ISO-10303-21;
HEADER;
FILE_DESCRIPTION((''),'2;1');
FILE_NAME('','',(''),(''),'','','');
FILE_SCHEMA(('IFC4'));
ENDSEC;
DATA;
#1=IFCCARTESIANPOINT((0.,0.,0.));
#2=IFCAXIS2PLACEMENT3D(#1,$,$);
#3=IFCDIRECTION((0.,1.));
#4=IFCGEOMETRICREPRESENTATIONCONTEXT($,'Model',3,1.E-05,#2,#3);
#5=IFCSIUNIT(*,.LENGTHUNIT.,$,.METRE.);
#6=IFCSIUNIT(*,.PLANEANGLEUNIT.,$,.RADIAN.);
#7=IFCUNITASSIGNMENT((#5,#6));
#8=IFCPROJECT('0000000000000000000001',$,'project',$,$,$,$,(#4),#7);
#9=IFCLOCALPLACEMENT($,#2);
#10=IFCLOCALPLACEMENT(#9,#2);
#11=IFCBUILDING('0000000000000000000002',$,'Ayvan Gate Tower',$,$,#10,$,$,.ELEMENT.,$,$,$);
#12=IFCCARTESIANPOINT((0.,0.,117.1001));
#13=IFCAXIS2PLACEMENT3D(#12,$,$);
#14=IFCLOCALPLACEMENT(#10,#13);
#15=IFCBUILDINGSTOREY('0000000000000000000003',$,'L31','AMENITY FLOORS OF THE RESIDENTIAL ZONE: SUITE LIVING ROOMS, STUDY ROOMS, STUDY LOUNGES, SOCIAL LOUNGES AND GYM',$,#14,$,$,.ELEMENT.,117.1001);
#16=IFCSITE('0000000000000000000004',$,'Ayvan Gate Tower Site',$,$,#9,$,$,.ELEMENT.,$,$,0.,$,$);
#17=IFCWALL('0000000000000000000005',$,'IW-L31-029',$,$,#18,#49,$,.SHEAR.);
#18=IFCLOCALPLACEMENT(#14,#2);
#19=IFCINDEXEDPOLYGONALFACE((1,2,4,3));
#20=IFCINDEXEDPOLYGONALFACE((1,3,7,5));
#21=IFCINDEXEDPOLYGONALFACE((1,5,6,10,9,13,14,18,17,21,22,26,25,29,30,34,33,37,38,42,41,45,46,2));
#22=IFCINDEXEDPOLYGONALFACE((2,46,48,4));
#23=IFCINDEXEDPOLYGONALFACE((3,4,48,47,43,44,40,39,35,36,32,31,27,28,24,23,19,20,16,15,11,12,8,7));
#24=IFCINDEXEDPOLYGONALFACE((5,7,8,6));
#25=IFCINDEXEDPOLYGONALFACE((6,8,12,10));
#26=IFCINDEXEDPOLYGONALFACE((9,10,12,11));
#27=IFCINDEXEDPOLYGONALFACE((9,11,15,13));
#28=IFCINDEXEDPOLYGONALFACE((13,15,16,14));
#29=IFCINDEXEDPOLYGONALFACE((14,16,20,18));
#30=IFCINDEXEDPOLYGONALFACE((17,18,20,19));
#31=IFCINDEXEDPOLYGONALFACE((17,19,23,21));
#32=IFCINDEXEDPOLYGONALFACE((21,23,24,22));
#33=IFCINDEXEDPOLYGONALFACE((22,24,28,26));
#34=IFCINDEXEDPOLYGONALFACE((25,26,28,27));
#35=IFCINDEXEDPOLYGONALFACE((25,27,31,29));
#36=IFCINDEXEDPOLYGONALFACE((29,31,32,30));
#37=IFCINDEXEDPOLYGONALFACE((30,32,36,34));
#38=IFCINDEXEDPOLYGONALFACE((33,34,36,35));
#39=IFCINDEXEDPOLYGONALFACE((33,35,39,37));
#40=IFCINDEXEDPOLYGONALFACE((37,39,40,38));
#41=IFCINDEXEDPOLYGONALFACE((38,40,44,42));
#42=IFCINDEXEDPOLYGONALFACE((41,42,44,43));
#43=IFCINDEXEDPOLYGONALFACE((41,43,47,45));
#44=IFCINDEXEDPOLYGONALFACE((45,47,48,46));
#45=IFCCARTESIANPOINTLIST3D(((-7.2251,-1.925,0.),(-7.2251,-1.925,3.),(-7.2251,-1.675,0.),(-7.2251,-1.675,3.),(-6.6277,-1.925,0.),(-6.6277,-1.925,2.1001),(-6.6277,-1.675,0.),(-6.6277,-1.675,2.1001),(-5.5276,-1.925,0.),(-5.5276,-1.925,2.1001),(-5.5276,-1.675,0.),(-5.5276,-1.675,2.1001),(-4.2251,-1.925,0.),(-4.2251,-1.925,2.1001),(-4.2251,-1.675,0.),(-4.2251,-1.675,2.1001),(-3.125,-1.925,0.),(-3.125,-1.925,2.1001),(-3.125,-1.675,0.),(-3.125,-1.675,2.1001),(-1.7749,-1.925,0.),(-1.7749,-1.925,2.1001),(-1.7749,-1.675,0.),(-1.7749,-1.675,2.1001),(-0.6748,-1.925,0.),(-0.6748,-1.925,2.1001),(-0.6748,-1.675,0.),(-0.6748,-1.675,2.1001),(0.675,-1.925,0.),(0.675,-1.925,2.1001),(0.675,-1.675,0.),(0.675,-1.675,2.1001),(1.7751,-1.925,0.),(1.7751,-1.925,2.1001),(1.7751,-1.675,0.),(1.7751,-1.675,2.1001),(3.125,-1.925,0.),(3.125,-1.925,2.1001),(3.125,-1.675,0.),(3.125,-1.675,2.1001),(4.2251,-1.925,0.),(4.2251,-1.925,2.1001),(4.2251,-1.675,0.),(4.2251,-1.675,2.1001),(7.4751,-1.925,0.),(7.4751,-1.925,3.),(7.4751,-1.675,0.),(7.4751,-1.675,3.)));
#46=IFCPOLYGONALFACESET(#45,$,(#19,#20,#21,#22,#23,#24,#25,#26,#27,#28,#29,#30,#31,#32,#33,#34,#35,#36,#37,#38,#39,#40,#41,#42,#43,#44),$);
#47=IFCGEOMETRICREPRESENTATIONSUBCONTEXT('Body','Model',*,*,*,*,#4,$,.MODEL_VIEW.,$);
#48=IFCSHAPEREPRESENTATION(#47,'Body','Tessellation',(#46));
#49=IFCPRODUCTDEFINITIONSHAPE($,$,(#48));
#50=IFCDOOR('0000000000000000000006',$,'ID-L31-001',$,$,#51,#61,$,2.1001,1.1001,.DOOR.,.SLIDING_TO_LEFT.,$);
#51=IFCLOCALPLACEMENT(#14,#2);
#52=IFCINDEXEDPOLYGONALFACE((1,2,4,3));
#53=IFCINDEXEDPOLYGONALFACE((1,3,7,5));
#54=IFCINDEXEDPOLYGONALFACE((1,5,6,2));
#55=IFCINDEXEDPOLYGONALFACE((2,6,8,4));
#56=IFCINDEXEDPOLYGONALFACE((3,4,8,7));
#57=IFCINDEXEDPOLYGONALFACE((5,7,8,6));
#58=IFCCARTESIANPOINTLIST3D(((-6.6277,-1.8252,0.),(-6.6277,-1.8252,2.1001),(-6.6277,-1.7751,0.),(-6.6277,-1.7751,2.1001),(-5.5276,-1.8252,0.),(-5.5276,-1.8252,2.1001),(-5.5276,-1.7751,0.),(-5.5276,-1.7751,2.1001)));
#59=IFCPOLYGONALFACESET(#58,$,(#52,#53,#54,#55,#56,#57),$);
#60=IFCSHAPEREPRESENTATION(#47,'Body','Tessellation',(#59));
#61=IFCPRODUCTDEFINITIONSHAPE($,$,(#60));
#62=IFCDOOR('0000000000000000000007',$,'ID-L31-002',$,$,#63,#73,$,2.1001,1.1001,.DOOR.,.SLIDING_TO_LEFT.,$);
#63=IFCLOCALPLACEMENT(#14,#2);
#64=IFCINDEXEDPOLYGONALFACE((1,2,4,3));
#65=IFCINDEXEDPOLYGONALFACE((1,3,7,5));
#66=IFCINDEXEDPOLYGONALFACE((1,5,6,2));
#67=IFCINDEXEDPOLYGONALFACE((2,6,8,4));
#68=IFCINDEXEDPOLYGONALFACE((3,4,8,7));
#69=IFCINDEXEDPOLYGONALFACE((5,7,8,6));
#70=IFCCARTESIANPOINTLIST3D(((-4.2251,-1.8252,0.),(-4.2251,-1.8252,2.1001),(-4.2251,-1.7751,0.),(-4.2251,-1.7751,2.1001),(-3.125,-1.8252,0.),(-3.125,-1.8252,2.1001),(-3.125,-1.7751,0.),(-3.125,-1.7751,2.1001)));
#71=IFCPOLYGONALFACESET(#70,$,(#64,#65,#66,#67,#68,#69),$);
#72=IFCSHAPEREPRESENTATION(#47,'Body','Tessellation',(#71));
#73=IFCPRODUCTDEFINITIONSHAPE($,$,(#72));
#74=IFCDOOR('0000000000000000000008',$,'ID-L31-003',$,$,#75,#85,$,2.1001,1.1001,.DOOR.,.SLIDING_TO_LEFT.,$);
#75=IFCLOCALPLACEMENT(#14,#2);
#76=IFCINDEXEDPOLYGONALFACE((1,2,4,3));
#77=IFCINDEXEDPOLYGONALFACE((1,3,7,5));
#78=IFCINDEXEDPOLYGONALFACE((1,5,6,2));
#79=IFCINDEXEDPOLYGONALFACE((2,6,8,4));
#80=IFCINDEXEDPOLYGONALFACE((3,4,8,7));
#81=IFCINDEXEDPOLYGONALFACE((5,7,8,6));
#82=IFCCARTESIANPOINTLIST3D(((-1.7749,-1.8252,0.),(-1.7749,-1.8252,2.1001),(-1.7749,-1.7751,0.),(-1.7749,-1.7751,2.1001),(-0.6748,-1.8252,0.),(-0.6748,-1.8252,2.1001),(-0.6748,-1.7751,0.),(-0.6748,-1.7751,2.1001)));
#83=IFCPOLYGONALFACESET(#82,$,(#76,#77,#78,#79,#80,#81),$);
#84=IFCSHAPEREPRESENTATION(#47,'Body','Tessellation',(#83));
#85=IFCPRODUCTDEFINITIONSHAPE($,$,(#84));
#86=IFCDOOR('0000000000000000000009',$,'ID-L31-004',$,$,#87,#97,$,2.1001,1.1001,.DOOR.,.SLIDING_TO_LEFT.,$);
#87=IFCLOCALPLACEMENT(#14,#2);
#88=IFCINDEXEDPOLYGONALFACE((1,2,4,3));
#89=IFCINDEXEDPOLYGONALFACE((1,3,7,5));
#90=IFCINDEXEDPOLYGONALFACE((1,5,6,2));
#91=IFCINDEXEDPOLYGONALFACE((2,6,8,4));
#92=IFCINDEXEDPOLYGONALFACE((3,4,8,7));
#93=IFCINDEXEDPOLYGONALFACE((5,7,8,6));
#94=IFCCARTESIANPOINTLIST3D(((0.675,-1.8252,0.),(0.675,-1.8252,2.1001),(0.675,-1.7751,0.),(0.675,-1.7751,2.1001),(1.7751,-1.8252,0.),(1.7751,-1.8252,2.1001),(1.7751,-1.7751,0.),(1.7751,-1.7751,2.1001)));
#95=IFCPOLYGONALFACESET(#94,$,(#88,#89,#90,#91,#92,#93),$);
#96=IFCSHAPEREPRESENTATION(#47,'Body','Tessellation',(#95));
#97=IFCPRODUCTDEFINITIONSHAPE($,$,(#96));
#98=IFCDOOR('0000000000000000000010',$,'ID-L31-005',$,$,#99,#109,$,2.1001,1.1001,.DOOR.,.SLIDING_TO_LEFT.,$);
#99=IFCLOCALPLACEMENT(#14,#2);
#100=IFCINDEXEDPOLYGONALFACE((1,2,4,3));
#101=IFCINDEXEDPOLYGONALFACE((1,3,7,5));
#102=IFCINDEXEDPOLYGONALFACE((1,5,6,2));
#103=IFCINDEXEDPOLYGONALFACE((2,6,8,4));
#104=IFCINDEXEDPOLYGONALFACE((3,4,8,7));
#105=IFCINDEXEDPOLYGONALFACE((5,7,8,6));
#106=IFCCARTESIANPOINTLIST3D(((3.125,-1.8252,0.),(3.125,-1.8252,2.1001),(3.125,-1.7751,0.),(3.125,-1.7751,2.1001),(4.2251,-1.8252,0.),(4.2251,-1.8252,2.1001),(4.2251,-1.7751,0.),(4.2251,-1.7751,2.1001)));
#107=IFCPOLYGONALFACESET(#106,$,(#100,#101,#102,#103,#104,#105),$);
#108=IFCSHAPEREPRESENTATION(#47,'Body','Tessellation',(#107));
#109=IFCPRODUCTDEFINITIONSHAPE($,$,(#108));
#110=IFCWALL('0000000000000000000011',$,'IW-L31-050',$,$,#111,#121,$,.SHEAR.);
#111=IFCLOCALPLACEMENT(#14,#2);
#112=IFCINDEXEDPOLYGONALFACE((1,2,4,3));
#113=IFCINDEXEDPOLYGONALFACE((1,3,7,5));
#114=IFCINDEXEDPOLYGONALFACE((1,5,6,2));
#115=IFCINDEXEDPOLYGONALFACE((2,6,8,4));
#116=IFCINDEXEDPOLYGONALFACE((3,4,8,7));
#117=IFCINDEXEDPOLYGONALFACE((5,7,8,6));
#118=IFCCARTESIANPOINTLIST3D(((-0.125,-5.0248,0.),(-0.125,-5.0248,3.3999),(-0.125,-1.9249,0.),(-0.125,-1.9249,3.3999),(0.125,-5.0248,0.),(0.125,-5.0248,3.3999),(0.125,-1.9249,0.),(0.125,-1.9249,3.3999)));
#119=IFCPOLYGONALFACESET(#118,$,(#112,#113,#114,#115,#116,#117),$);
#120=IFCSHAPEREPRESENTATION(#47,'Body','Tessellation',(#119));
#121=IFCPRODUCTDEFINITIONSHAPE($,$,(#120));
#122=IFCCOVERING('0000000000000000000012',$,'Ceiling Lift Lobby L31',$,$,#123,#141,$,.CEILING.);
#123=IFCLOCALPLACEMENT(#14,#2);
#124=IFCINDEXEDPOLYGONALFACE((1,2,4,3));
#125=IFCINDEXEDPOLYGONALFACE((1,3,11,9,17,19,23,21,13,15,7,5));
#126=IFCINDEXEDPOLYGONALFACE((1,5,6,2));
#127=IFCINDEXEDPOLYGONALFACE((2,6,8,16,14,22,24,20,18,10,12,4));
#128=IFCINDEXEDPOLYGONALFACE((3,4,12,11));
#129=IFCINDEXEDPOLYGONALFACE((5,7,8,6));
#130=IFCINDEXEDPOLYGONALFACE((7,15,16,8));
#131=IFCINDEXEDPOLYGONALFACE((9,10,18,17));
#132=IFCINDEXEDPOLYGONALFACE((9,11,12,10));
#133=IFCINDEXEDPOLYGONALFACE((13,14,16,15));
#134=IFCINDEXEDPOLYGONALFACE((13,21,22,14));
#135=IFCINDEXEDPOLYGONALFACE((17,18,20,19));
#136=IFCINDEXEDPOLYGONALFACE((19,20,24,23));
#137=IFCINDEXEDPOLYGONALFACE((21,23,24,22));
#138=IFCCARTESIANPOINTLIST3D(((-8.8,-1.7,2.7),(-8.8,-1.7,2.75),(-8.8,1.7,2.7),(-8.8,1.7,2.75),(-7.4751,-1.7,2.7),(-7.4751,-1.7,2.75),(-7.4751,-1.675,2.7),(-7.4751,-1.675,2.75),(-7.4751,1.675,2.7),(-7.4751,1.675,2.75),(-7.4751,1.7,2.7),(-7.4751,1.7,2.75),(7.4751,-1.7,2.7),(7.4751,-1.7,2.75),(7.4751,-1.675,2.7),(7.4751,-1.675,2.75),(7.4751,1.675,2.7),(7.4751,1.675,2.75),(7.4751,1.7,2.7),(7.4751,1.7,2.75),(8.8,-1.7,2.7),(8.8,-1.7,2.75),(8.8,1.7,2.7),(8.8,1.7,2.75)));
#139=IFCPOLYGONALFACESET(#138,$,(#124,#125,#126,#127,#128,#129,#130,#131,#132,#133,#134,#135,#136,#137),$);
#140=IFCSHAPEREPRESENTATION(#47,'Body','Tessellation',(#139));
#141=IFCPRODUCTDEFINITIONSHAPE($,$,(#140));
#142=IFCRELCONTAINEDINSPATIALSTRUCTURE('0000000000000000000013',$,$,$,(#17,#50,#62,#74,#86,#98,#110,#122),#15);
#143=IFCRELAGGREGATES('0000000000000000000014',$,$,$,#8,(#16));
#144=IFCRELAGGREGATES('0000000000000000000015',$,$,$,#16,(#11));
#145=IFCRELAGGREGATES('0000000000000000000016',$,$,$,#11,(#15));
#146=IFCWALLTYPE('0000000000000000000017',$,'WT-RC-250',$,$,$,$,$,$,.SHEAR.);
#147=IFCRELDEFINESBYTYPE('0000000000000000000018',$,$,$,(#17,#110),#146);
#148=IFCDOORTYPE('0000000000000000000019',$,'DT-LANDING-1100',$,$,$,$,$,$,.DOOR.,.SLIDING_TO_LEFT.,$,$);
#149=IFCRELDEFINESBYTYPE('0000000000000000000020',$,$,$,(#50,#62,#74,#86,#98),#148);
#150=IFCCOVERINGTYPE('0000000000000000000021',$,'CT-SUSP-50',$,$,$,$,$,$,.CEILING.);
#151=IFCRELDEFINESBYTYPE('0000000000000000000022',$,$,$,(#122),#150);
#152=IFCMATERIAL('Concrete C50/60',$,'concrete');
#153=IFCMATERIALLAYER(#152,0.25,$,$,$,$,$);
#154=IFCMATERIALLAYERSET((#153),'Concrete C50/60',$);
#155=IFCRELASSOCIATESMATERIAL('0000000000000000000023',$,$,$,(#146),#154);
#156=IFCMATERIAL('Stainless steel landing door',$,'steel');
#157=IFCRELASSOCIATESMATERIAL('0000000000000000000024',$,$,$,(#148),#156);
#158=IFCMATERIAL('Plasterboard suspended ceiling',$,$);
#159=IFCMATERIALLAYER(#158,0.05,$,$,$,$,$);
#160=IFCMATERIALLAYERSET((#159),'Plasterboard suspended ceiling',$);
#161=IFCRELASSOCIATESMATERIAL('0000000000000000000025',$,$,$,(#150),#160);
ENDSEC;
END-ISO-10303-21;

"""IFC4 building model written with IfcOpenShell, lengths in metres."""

from ifc_helpers import new_model, si_unit, direction, frame, frame_2d, origin, place, context, subcontext, project, spatial, polyline, rectangle, outline, extrude, material, layer, layer_set, type_object, element, fill, save


model = new_model("IFC4")

# Units and contexts
model_context = context("Model", 3, precision=1e-05, world=origin(), true_north=direction((0.0, 1.0)))
body_context = subcontext(model_context, "Body", "Model", "MODEL_VIEW")
ifc_project = project(units=[si_unit("LENGTHUNIT", "METRE"), si_unit("PLANEANGLEUNIT", "RADIAN")], contexts=[model_context])

# Site, building, storey
site_placement = place(None, origin())
site = spatial("IfcSite", under=ifc_project, at=site_placement, Name="Ayvan Gate Tower Site", CompositionType="ELEMENT", RefElevation=0.0)
building_placement = place(site_placement, origin())
building = spatial("IfcBuilding", under=site, at=building_placement, Name="Ayvan Gate Tower", CompositionType="ELEMENT")
storey_placement = place(building_placement, frame((0.0, 0.0, 117.1001)))
storey = spatial("IfcBuildingStorey", under=building, at=storey_placement, Name="L31", Description="AMENITY FLOORS OF THE RESIDENTIAL ZONE: SUITE LIVING ROOMS, STUDY ROOMS, STUDY LOUNGES, SOCIAL LOUNGES AND GYM", CompositionType="ELEMENT", Elevation=117.1001)

# Wall, openings, doors
ifc_material_1 = material(Name="Concrete C50/60", Category="concrete")
ifc_layer_1 = layer(ifc_material_1, 0.25)
ifc_layer_set_1 = layer_set([ifc_layer_1], Name="Concrete C50/60")
wall_type_1 = type_object("IfcWallType", Name="WT-RC-250", PredefinedType="SHEAR", material=ifc_layer_set_1)
wall_1_placement = place(storey_placement, frame((-7.2251, -1.8, 0.0), z_axis=(0.0, 0.0, 1.0), x_axis=(1.0, 0.0, 0.0)))
wall_1 = element("IfcWall", 1, at=wall_1_placement, inside=storey, type_object=wall_type_1, Name="IW-L31-029", PredefinedType="SHEAR", context=body_context, shape_type="SweptSolid", body=[
    extrude(rectangle(XDim=14.7002, YDim=0.25, at=frame_2d((7.3501, 0.0))), origin(), (0.0, 0.0, 1.0), 3.0),
])
opening_1_placement = place(wall_1_placement, frame((0.5974, 0.0, 0.0)))
opening_1 = element("IfcOpeningElement", 2, at=opening_1_placement, cuts=wall_1, PredefinedType="OPENING", context=body_context, shape_type="SweptSolid", body=[
    extrude(rectangle(XDim=1.1001, YDim=2.1001, at=frame_2d((0.55, 1.05))), frame((0.0, 0.135, 0.0), z_axis=(0.0, -1.0, 0.0), x_axis=(1.0, 0.0, 0.0)), (0.0, 0.0, 1.0), 0.27),
])
opening_2_placement = place(wall_1_placement, frame((3.0, 0.0, 0.0)))
opening_2 = element("IfcOpeningElement", 3, at=opening_2_placement, cuts=wall_1, PredefinedType="OPENING", context=body_context, shape_type="SweptSolid", body=[
    extrude(rectangle(XDim=1.1001, YDim=2.1001, at=frame_2d((0.55, 1.05))), frame((0.0, 0.135, 0.0), z_axis=(0.0, -1.0, 0.0), x_axis=(1.0, 0.0, 0.0)), (0.0, 0.0, 1.0), 0.27),
])
opening_3_placement = place(wall_1_placement, frame((5.4502, 0.0, 0.0)))
opening_3 = element("IfcOpeningElement", 4, at=opening_3_placement, cuts=wall_1, PredefinedType="OPENING", context=body_context, shape_type="SweptSolid", body=[
    extrude(rectangle(XDim=1.1001, YDim=2.1001, at=frame_2d((0.55, 1.05))), frame((0.0, 0.135, 0.0), z_axis=(0.0, -1.0, 0.0), x_axis=(1.0, 0.0, 0.0)), (0.0, 0.0, 1.0), 0.27),
])
opening_4_placement = place(wall_1_placement, frame((7.9001, 0.0, 0.0)))
opening_4 = element("IfcOpeningElement", 5, at=opening_4_placement, cuts=wall_1, PredefinedType="OPENING", context=body_context, shape_type="SweptSolid", body=[
    extrude(rectangle(XDim=1.1001, YDim=2.1001, at=frame_2d((0.55, 1.05))), frame((0.0, 0.135, 0.0), z_axis=(0.0, -1.0, 0.0), x_axis=(1.0, 0.0, 0.0)), (0.0, 0.0, 1.0), 0.27),
])
opening_5_placement = place(wall_1_placement, frame((10.3501, 0.0, 0.0)))
opening_5 = element("IfcOpeningElement", 6, at=opening_5_placement, cuts=wall_1, PredefinedType="OPENING", context=body_context, shape_type="SweptSolid", body=[
    extrude(rectangle(XDim=1.1001, YDim=2.1001, at=frame_2d((0.55, 1.05))), frame((0.0, 0.135, 0.0), z_axis=(0.0, -1.0, 0.0), x_axis=(1.0, 0.0, 0.0)), (0.0, 0.0, 1.0), 0.27),
])
ifc_material_2 = material(Name="Stainless steel landing door", Category="steel")
door_type = type_object("IfcDoorType", Name="DT-LANDING-1100", OperationType="SLIDING_TO_LEFT", PredefinedType="DOOR", material=ifc_material_2)
door_1_placement = place(opening_1_placement, origin())
door_1 = element("IfcDoor", 7, at=door_1_placement, inside=storey, type_object=door_type, Name="ID-L31-001", OperationType="SLIDING_TO_LEFT", OverallHeight=2.1001, OverallWidth=1.1001, PredefinedType="DOOR", context=body_context, shape_type="SweptSolid", body=[
    extrude(rectangle(XDim=1.1001, YDim=2.1001, at=frame_2d((0.55, 1.05))), frame((0.0, 0.0249, 0.0), z_axis=(0.0, -1.0, 0.0), x_axis=(1.0, 0.0, 0.0)), (0.0, 0.0, 1.0), 0.05),
])
fill(opening_1, door_1)
door_2_placement = place(opening_2_placement, origin())
door_2 = element("IfcDoor", 8, at=door_2_placement, inside=storey, type_object=door_type, Name="ID-L31-002", OperationType="SLIDING_TO_LEFT", OverallHeight=2.1001, OverallWidth=1.1001, PredefinedType="DOOR", context=body_context, shape_type="SweptSolid", body=[
    extrude(rectangle(XDim=1.1001, YDim=2.1001, at=frame_2d((0.55, 1.05))), frame((0.0, 0.0249, 0.0), z_axis=(0.0, -1.0, 0.0), x_axis=(1.0, 0.0, 0.0)), (0.0, 0.0, 1.0), 0.05),
])
fill(opening_2, door_2)
door_3_placement = place(opening_3_placement, origin())
door_3 = element("IfcDoor", 9, at=door_3_placement, inside=storey, type_object=door_type, Name="ID-L31-003", OperationType="SLIDING_TO_LEFT", OverallHeight=2.1001, OverallWidth=1.1001, PredefinedType="DOOR", context=body_context, shape_type="SweptSolid", body=[
    extrude(rectangle(XDim=1.1001, YDim=2.1001, at=frame_2d((0.55, 1.05))), frame((0.0, 0.0249, 0.0), z_axis=(0.0, -1.0, 0.0), x_axis=(1.0, 0.0, 0.0)), (0.0, 0.0, 1.0), 0.05),
])
fill(opening_3, door_3)
door_4_placement = place(opening_4_placement, origin())
door_4 = element("IfcDoor", 10, at=door_4_placement, inside=storey, type_object=door_type, Name="ID-L31-004", OperationType="SLIDING_TO_LEFT", OverallHeight=2.1001, OverallWidth=1.1001, PredefinedType="DOOR", context=body_context, shape_type="SweptSolid", body=[
    extrude(rectangle(XDim=1.1001, YDim=2.1001, at=frame_2d((0.55, 1.05))), frame((0.0, 0.0249, 0.0), z_axis=(0.0, -1.0, 0.0), x_axis=(1.0, 0.0, 0.0)), (0.0, 0.0, 1.0), 0.05),
])
fill(opening_4, door_4)
door_5_placement = place(opening_5_placement, origin())
door_5 = element("IfcDoor", 11, at=door_5_placement, inside=storey, type_object=door_type, Name="ID-L31-005", OperationType="SLIDING_TO_LEFT", OverallHeight=2.1001, OverallWidth=1.1001, PredefinedType="DOOR", context=body_context, shape_type="SweptSolid", body=[
    extrude(rectangle(XDim=1.1001, YDim=2.1001, at=frame_2d((0.55, 1.05))), frame((0.0, 0.0249, 0.0), z_axis=(0.0, -1.0, 0.0), x_axis=(1.0, 0.0, 0.0)), (0.0, 0.0, 1.0), 0.05),
])
fill(opening_5, door_5)

# Wall
wall_2_placement = place(storey_placement, frame((0.0, -1.925, 0.0), z_axis=(0.0, 0.0, 1.0), x_axis=(0.0, -1.0, 0.0)))
element("IfcWall", 12, at=wall_2_placement, inside=storey, type_object=wall_type_1, Name="IW-L31-050", PredefinedType="SHEAR", context=body_context, shape_type="SweptSolid", body=[
    extrude(rectangle(XDim=3.0999, YDim=0.25, at=frame_2d((1.5498, 0.0))), origin(), (0.0, 0.0, 1.0), 3.3999),
])

# Covering
ifc_material_3 = material(Name="Plasterboard suspended ceiling")
ifc_layer_2 = layer(ifc_material_3, 0.05)
ifc_layer_set_2 = layer_set([ifc_layer_2], Name="Plasterboard suspended ceiling")
covering_type = type_object("IfcCoveringType", Name="CT-SUSP-50", PredefinedType="CEILING", material=ifc_layer_set_2)
covering_1_placement = place(storey_placement, frame((0.0, 0.0, 2.7)))
element("IfcCovering", 13, at=covering_1_placement, inside=storey, type_object=covering_type, Name="Ceiling Lift Lobby L31", PredefinedType="CEILING", context=body_context, shape_type="SweptSolid", body=[
    extrude(outline(polyline([(7.4751, -1.675), (-7.4751, -1.675), (-7.4751, -1.7), (-8.8, -1.7), (-8.8, 1.7), (-7.4751, 1.7), (-7.4751, 1.675), (7.4751, 1.675), (7.4751, 1.7), (8.8, 1.7), (8.8, -1.7), (7.4751, -1.7), (7.4751, -1.675)])), origin(), (0.0, 0.0, 1.0), 0.05),
])

save(model, "model.ifc")
